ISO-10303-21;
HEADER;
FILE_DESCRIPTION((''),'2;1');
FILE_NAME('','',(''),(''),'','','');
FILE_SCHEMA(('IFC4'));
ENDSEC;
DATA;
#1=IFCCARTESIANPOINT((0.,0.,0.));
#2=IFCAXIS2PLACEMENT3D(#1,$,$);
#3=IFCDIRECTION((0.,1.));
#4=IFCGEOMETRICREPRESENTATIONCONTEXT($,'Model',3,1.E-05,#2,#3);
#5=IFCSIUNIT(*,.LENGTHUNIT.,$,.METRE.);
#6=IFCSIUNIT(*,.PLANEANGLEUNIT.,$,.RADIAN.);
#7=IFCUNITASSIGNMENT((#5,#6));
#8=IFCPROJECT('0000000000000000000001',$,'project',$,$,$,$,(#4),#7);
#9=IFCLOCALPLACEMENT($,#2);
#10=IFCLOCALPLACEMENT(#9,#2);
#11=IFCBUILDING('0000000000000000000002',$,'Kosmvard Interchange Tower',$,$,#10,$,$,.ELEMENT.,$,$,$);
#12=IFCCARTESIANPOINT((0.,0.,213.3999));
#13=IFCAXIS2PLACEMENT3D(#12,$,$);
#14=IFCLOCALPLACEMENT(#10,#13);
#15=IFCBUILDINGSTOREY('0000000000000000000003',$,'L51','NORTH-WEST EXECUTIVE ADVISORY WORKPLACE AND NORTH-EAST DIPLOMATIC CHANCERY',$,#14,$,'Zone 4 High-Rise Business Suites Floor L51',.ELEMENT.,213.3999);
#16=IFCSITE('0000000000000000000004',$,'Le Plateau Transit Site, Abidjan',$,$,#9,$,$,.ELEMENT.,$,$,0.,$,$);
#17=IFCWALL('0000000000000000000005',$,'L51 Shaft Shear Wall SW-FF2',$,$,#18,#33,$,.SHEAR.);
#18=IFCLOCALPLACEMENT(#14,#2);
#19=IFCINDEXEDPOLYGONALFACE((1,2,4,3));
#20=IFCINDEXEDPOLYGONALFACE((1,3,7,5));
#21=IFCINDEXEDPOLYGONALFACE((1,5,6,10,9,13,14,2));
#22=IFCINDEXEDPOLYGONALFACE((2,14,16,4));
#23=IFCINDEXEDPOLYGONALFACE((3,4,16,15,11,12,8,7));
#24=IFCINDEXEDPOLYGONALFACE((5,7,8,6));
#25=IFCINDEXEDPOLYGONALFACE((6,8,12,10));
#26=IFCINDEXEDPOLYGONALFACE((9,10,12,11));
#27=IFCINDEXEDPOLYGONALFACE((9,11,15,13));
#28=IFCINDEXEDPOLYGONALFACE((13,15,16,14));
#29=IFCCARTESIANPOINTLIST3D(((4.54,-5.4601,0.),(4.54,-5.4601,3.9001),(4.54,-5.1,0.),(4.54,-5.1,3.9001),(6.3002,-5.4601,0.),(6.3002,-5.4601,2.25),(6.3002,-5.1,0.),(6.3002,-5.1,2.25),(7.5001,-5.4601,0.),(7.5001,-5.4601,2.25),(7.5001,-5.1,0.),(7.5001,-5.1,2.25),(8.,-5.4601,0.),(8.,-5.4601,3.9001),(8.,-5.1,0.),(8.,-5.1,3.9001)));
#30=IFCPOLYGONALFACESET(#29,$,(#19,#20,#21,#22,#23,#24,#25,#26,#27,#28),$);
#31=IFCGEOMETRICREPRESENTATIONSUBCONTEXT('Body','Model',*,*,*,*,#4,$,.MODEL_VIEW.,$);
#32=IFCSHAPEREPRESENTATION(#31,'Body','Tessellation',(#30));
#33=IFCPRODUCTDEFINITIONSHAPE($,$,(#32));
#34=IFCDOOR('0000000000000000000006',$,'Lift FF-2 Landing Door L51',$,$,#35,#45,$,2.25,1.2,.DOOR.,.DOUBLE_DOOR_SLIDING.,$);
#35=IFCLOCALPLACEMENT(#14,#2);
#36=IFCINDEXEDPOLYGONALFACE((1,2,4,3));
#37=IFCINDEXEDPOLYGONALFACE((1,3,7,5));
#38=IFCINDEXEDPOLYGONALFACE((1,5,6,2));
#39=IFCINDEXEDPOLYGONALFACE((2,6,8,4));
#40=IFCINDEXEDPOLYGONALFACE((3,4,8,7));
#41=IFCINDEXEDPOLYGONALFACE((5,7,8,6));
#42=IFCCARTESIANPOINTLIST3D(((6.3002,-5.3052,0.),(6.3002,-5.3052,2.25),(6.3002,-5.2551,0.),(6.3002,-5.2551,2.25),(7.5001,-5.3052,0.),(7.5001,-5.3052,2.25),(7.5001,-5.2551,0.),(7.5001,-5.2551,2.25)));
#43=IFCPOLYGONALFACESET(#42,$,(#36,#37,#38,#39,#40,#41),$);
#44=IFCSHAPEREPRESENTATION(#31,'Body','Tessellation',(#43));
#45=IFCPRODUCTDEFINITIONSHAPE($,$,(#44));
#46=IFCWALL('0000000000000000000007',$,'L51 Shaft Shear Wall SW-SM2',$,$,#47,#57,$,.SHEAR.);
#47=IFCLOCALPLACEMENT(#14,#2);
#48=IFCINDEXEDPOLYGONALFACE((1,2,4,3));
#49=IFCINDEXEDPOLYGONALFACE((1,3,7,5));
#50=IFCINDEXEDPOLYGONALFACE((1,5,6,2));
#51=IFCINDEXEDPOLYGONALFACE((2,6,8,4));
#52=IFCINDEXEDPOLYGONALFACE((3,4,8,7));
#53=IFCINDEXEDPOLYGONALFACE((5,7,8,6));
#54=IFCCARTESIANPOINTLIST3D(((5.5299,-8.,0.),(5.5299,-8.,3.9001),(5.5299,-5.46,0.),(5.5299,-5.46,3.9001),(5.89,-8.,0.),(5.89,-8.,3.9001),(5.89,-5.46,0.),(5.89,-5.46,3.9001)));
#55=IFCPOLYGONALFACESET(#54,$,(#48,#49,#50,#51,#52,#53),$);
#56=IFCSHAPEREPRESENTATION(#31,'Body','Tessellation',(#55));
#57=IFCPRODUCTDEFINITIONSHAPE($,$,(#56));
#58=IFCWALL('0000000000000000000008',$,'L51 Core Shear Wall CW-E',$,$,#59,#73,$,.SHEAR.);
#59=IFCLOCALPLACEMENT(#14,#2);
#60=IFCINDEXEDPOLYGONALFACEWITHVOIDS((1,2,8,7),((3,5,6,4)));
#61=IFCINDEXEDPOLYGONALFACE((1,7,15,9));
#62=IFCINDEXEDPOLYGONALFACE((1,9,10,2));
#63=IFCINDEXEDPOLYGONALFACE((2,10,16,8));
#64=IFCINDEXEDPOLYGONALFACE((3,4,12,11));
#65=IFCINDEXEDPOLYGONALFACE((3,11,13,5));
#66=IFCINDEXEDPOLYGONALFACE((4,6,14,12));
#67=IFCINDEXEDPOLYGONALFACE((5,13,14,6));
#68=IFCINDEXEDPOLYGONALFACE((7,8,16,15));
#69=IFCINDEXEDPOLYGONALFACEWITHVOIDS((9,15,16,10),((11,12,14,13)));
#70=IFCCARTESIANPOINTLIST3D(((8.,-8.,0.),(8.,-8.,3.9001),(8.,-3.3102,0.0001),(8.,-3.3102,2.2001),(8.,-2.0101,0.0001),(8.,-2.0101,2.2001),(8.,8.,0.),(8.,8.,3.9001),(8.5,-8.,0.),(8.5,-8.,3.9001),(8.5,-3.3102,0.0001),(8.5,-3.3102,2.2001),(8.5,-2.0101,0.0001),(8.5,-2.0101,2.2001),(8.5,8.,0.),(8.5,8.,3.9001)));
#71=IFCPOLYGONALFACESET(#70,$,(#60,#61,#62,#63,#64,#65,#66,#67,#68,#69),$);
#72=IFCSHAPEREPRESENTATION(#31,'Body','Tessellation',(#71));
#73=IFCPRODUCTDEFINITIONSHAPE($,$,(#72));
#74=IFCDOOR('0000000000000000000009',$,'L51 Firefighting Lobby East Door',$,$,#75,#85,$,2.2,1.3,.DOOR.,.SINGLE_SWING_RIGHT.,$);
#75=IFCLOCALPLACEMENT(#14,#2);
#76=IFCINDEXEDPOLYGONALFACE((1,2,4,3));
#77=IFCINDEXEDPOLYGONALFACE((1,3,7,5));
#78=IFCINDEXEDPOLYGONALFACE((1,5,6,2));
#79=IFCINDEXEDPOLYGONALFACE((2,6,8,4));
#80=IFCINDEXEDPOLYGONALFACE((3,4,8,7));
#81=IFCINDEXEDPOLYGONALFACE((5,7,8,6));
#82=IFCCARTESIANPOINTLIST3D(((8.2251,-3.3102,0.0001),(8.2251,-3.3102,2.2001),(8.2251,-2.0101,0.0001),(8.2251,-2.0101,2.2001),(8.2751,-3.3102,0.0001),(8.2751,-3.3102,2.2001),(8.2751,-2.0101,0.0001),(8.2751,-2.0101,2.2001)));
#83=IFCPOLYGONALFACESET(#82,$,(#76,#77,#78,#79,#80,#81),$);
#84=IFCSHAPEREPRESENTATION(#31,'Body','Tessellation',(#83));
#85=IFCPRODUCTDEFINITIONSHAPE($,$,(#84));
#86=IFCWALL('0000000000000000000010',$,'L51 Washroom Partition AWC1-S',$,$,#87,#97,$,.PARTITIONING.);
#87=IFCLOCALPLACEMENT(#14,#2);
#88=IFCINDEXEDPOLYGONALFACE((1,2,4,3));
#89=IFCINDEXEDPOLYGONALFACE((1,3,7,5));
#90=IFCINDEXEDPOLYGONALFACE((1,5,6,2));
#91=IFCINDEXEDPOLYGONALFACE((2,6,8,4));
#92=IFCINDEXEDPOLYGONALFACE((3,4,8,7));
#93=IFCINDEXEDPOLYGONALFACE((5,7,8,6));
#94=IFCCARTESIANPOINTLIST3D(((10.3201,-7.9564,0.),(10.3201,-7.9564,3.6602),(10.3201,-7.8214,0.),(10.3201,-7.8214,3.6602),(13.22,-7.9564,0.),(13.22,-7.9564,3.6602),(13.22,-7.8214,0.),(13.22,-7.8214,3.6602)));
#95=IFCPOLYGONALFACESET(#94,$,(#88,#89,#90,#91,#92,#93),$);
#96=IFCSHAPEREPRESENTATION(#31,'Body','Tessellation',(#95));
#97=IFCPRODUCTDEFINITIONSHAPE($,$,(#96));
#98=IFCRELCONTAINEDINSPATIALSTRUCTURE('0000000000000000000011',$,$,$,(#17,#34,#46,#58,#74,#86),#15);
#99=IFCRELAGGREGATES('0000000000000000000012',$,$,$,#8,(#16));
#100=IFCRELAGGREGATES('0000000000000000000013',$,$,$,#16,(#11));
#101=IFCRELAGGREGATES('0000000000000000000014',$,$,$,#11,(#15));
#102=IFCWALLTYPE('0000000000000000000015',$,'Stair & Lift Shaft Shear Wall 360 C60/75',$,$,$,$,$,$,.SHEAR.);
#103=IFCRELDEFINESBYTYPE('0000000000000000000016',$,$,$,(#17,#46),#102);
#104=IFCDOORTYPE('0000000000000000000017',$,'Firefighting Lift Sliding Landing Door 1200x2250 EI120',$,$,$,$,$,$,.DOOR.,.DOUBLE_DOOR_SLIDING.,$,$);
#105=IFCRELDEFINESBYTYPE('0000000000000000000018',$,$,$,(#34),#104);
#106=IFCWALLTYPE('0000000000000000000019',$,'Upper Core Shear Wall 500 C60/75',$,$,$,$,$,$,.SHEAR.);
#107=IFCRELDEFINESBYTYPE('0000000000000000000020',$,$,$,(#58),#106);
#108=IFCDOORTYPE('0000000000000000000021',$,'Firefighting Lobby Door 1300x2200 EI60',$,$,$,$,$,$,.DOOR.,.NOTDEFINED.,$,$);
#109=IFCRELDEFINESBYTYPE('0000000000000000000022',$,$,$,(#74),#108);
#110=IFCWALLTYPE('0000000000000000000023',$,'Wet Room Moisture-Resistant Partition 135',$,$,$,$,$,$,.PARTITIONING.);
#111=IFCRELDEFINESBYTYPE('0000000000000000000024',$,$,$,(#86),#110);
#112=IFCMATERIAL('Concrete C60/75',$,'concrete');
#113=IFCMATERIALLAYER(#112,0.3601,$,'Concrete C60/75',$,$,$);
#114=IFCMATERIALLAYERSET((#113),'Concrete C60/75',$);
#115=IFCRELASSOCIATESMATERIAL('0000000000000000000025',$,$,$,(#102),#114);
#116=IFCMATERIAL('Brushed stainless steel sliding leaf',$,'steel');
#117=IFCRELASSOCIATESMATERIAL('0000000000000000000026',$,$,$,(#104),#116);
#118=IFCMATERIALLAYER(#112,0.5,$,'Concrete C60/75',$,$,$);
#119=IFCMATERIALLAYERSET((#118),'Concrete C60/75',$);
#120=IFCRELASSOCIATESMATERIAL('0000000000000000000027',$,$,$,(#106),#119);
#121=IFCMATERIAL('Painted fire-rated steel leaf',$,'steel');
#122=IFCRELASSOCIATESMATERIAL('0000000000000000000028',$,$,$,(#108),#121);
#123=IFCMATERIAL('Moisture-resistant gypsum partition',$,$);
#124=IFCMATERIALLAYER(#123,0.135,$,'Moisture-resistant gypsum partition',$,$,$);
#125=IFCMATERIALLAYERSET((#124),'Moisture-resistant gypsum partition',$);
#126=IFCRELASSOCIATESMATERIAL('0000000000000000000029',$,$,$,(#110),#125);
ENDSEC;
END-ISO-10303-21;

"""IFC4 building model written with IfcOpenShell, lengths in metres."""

from ifc_helpers import new_model, si_unit, direction, frame, frame_2d, origin, place, context, subcontext, project, spatial, rectangle, extrude, source, transform, mapped, material, layer, layer_set, type_object, element, fill, save


model = new_model("IFC4")

# Units and contexts
model_context = context("Model", 3, precision=1e-05, world=origin(), true_north=direction((0.0, 1.0)))
body_context = subcontext(model_context, "Body", "Model", "MODEL_VIEW")
ifc_project = project(units=[si_unit("LENGTHUNIT", "METRE"), si_unit("PLANEANGLEUNIT", "RADIAN")], contexts=[model_context])

# Site, building, storey
site_placement = place(None, origin())
site = spatial("IfcSite", under=ifc_project, at=site_placement, Name="Le Plateau Transit Site, Abidjan", CompositionType="ELEMENT", RefElevation=0.0)
building_placement = place(site_placement, origin())
building = spatial("IfcBuilding", under=site, at=building_placement, Name="Kosmvard Interchange Tower", CompositionType="ELEMENT")
storey_placement = place(building_placement, frame((0.0, 0.0, 213.3999)))
storey = spatial("IfcBuildingStorey", under=building, at=storey_placement, Name="L51", Description="NORTH-WEST EXECUTIVE ADVISORY WORKPLACE AND NORTH-EAST DIPLOMATIC CHANCERY", LongName="Zone 4 High-Rise Business Suites Floor L51", CompositionType="ELEMENT", Elevation=213.3999)

# Shared definitions
ifc_material_1 = material(Name="Concrete C60/75", Category="concrete")

# Shared definitions
ifc_material_2 = material(Name="Painted fire-rated steel leaf", Category="steel")
ifc_material_3 = material(Name="Brushed stainless steel sliding leaf", Category="steel")

# Shared definitions
ifc_layer_1 = layer(ifc_material_1, 0.3601, Name="Concrete C60/75")
ifc_layer_set_1 = layer_set([ifc_layer_1], Name="Concrete C60/75")
wall_type_1 = type_object("IfcWallType", Name="Stair & Lift Shaft Shear Wall 360 C60/75", PredefinedType="SHEAR", material=ifc_layer_set_1)

# Wall, opening, door
wall_1_placement = place(storey_placement, frame((4.54, -5.28, 0.0), z_axis=(0.0, 0.0, 1.0), x_axis=(1.0, 0.0, 0.0)))
wall_1 = element("IfcWall", 1, at=wall_1_placement, inside=storey, type_object=wall_type_1, Name="L51 Shaft Shear Wall SW-FF2", PredefinedType="SHEAR", context=body_context, shape_type="SweptSolid", body=[
    extrude(rectangle(XDim=3.46, YDim=0.3601, at=frame_2d((1.73, 0.0))), origin(), (0.0, 0.0, 1.0), 3.9001),
])
opening_1_placement = place(wall_1_placement, frame((1.76, 0.0, 0.0)))
opening_1 = element("IfcOpeningElement", 2, at=opening_1_placement, cuts=wall_1, PredefinedType="OPENING", context=body_context, shape_type="SweptSolid", body=[
    extrude(rectangle(XDim=1.2, YDim=2.25, at=frame_2d((0.6001, 1.125))), frame((0.0, 0.1899, 0.0), z_axis=(0.0, -1.0, 0.0), x_axis=(1.0, 0.0, 0.0)), (0.0, 0.0, 1.0), 0.3801),
])
door_type_1 = type_object("IfcDoorType", Name="Firefighting Lift Sliding Landing Door 1200x2250 EI120", OperationType="DOUBLE_DOOR_SLIDING", PredefinedType="DOOR", material=ifc_material_3)
shared_shape_1 = source(origin(), body_context, "Body", "SweptSolid", [
    extrude(rectangle(XDim=1.2, YDim=2.25, at=frame_2d((0.6001, 1.125))), frame((0.0, 0.0249, 0.0), z_axis=(0.0, -1.0, 0.0), x_axis=(1.0, 0.0, 0.0)), (0.0, 0.0, 1.0), 0.05),
])
door_1_placement = place(opening_1_placement, origin())
door_1 = element("IfcDoor", 3, at=door_1_placement, inside=storey, type_object=door_type_1, Name="Lift FF-2 Landing Door L51", OperationType="DOUBLE_DOOR_SLIDING", OverallHeight=2.25, OverallWidth=1.2, PredefinedType="DOOR", context=body_context, shape_type="MappedRepresentation", body=[
    mapped(shared_shape_1, transform((0.0, 0.0, 0.0), scale=1.0)),
])
fill(opening_1, door_1)

# Wall
wall_2_placement = place(storey_placement, frame((5.71, -8.0, 0.0), z_axis=(0.0, 0.0, 1.0), x_axis=(0.0, 1.0, 0.0)))
element("IfcWall", 4, at=wall_2_placement, inside=storey, type_object=wall_type_1, Name="L51 Shaft Shear Wall SW-SM2", PredefinedType="SHEAR", context=body_context, shape_type="SweptSolid", body=[
    extrude(rectangle(XDim=2.54, YDim=0.3601, at=frame_2d((1.27, 0.0))), origin(), (0.0, 0.0, 1.0), 3.9001),
])

# Wall, opening, door
ifc_layer_2 = layer(ifc_material_1, 0.5, Name="Concrete C60/75")
ifc_layer_set_2 = layer_set([ifc_layer_2], Name="Concrete C60/75")
wall_type_2 = type_object("IfcWallType", Name="Upper Core Shear Wall 500 C60/75", PredefinedType="SHEAR", material=ifc_layer_set_2)
wall_3_placement = place(storey_placement, frame((8.25, -8.0, 0.0), z_axis=(0.0, 0.0, 1.0), x_axis=(0.0, 1.0, 0.0)))
wall_3 = element("IfcWall", 5, at=wall_3_placement, inside=storey, type_object=wall_type_2, Name="L51 Core Shear Wall CW-E", PredefinedType="SHEAR", context=body_context, shape_type="SweptSolid", body=[
    extrude(rectangle(XDim=16.0, YDim=0.5, at=frame_2d((8.0, 0.0))), origin(), (0.0, 0.0, 1.0), 3.9001),
])
opening_2_placement = place(wall_3_placement, frame((4.6899, 0.0, 0.0)))
opening_2 = element("IfcOpeningElement", 6, at=opening_2_placement, cuts=wall_3, PredefinedType="OPENING", context=body_context, shape_type="SweptSolid", body=[
    extrude(rectangle(XDim=1.3, YDim=2.2, at=frame_2d((0.6499, 1.1001))), frame((0.0, 0.26, 0.0), z_axis=(0.0, -1.0, 0.0), x_axis=(1.0, 0.0, 0.0)), (0.0, 0.0, 1.0), 0.52),
])
door_type_2 = type_object("IfcDoorType", Name="Firefighting Lobby Door 1300x2200 EI60", OperationType="NOTDEFINED", PredefinedType="DOOR", material=ifc_material_2)
shared_shape_2 = source(origin(), body_context, "Body", "SweptSolid", [
    extrude(rectangle(XDim=1.3, YDim=2.2, at=frame_2d((0.6499, 1.1001))), frame((0.0, 0.0249, 0.0), z_axis=(0.0, -1.0, 0.0), x_axis=(1.0, 0.0, 0.0)), (0.0, 0.0, 1.0), 0.05),
])
door_2_placement = place(opening_2_placement, origin())
door_2 = element("IfcDoor", 7, at=door_2_placement, inside=storey, type_object=door_type_2, Name="L51 Firefighting Lobby East Door", OperationType="SINGLE_SWING_RIGHT", OverallHeight=2.2, OverallWidth=1.3, PredefinedType="DOOR", context=body_context, shape_type="MappedRepresentation", body=[
    mapped(shared_shape_2, transform((0.0, 0.0, 0.0), scale=1.0)),
])
fill(opening_2, door_2)

# Wall
ifc_material_4 = material(Name="Moisture-resistant gypsum partition")
ifc_layer_3 = layer(ifc_material_4, 0.135, Name="Moisture-resistant gypsum partition")
ifc_layer_set_3 = layer_set([ifc_layer_3], Name="Moisture-resistant gypsum partition")
wall_type_3 = type_object("IfcWallType", Name="Wet Room Moisture-Resistant Partition 135", PredefinedType="PARTITIONING", material=ifc_layer_set_3)
wall_4_placement = place(storey_placement, frame((10.3201, -7.8889, 0.0), z_axis=(0.0, 0.0, 1.0), x_axis=(1.0, 0.0, 0.0)))
element("IfcWall", 8, at=wall_4_placement, inside=storey, type_object=wall_type_3, Name="L51 Washroom Partition AWC1-S", PredefinedType="PARTITIONING", context=body_context, shape_type="SweptSolid", body=[
    extrude(rectangle(XDim=2.8999, YDim=0.135, at=frame_2d((1.45, 0.0))), origin(), (0.0, 0.0, 1.0), 3.6602),
])

save(model, "model.ifc")
